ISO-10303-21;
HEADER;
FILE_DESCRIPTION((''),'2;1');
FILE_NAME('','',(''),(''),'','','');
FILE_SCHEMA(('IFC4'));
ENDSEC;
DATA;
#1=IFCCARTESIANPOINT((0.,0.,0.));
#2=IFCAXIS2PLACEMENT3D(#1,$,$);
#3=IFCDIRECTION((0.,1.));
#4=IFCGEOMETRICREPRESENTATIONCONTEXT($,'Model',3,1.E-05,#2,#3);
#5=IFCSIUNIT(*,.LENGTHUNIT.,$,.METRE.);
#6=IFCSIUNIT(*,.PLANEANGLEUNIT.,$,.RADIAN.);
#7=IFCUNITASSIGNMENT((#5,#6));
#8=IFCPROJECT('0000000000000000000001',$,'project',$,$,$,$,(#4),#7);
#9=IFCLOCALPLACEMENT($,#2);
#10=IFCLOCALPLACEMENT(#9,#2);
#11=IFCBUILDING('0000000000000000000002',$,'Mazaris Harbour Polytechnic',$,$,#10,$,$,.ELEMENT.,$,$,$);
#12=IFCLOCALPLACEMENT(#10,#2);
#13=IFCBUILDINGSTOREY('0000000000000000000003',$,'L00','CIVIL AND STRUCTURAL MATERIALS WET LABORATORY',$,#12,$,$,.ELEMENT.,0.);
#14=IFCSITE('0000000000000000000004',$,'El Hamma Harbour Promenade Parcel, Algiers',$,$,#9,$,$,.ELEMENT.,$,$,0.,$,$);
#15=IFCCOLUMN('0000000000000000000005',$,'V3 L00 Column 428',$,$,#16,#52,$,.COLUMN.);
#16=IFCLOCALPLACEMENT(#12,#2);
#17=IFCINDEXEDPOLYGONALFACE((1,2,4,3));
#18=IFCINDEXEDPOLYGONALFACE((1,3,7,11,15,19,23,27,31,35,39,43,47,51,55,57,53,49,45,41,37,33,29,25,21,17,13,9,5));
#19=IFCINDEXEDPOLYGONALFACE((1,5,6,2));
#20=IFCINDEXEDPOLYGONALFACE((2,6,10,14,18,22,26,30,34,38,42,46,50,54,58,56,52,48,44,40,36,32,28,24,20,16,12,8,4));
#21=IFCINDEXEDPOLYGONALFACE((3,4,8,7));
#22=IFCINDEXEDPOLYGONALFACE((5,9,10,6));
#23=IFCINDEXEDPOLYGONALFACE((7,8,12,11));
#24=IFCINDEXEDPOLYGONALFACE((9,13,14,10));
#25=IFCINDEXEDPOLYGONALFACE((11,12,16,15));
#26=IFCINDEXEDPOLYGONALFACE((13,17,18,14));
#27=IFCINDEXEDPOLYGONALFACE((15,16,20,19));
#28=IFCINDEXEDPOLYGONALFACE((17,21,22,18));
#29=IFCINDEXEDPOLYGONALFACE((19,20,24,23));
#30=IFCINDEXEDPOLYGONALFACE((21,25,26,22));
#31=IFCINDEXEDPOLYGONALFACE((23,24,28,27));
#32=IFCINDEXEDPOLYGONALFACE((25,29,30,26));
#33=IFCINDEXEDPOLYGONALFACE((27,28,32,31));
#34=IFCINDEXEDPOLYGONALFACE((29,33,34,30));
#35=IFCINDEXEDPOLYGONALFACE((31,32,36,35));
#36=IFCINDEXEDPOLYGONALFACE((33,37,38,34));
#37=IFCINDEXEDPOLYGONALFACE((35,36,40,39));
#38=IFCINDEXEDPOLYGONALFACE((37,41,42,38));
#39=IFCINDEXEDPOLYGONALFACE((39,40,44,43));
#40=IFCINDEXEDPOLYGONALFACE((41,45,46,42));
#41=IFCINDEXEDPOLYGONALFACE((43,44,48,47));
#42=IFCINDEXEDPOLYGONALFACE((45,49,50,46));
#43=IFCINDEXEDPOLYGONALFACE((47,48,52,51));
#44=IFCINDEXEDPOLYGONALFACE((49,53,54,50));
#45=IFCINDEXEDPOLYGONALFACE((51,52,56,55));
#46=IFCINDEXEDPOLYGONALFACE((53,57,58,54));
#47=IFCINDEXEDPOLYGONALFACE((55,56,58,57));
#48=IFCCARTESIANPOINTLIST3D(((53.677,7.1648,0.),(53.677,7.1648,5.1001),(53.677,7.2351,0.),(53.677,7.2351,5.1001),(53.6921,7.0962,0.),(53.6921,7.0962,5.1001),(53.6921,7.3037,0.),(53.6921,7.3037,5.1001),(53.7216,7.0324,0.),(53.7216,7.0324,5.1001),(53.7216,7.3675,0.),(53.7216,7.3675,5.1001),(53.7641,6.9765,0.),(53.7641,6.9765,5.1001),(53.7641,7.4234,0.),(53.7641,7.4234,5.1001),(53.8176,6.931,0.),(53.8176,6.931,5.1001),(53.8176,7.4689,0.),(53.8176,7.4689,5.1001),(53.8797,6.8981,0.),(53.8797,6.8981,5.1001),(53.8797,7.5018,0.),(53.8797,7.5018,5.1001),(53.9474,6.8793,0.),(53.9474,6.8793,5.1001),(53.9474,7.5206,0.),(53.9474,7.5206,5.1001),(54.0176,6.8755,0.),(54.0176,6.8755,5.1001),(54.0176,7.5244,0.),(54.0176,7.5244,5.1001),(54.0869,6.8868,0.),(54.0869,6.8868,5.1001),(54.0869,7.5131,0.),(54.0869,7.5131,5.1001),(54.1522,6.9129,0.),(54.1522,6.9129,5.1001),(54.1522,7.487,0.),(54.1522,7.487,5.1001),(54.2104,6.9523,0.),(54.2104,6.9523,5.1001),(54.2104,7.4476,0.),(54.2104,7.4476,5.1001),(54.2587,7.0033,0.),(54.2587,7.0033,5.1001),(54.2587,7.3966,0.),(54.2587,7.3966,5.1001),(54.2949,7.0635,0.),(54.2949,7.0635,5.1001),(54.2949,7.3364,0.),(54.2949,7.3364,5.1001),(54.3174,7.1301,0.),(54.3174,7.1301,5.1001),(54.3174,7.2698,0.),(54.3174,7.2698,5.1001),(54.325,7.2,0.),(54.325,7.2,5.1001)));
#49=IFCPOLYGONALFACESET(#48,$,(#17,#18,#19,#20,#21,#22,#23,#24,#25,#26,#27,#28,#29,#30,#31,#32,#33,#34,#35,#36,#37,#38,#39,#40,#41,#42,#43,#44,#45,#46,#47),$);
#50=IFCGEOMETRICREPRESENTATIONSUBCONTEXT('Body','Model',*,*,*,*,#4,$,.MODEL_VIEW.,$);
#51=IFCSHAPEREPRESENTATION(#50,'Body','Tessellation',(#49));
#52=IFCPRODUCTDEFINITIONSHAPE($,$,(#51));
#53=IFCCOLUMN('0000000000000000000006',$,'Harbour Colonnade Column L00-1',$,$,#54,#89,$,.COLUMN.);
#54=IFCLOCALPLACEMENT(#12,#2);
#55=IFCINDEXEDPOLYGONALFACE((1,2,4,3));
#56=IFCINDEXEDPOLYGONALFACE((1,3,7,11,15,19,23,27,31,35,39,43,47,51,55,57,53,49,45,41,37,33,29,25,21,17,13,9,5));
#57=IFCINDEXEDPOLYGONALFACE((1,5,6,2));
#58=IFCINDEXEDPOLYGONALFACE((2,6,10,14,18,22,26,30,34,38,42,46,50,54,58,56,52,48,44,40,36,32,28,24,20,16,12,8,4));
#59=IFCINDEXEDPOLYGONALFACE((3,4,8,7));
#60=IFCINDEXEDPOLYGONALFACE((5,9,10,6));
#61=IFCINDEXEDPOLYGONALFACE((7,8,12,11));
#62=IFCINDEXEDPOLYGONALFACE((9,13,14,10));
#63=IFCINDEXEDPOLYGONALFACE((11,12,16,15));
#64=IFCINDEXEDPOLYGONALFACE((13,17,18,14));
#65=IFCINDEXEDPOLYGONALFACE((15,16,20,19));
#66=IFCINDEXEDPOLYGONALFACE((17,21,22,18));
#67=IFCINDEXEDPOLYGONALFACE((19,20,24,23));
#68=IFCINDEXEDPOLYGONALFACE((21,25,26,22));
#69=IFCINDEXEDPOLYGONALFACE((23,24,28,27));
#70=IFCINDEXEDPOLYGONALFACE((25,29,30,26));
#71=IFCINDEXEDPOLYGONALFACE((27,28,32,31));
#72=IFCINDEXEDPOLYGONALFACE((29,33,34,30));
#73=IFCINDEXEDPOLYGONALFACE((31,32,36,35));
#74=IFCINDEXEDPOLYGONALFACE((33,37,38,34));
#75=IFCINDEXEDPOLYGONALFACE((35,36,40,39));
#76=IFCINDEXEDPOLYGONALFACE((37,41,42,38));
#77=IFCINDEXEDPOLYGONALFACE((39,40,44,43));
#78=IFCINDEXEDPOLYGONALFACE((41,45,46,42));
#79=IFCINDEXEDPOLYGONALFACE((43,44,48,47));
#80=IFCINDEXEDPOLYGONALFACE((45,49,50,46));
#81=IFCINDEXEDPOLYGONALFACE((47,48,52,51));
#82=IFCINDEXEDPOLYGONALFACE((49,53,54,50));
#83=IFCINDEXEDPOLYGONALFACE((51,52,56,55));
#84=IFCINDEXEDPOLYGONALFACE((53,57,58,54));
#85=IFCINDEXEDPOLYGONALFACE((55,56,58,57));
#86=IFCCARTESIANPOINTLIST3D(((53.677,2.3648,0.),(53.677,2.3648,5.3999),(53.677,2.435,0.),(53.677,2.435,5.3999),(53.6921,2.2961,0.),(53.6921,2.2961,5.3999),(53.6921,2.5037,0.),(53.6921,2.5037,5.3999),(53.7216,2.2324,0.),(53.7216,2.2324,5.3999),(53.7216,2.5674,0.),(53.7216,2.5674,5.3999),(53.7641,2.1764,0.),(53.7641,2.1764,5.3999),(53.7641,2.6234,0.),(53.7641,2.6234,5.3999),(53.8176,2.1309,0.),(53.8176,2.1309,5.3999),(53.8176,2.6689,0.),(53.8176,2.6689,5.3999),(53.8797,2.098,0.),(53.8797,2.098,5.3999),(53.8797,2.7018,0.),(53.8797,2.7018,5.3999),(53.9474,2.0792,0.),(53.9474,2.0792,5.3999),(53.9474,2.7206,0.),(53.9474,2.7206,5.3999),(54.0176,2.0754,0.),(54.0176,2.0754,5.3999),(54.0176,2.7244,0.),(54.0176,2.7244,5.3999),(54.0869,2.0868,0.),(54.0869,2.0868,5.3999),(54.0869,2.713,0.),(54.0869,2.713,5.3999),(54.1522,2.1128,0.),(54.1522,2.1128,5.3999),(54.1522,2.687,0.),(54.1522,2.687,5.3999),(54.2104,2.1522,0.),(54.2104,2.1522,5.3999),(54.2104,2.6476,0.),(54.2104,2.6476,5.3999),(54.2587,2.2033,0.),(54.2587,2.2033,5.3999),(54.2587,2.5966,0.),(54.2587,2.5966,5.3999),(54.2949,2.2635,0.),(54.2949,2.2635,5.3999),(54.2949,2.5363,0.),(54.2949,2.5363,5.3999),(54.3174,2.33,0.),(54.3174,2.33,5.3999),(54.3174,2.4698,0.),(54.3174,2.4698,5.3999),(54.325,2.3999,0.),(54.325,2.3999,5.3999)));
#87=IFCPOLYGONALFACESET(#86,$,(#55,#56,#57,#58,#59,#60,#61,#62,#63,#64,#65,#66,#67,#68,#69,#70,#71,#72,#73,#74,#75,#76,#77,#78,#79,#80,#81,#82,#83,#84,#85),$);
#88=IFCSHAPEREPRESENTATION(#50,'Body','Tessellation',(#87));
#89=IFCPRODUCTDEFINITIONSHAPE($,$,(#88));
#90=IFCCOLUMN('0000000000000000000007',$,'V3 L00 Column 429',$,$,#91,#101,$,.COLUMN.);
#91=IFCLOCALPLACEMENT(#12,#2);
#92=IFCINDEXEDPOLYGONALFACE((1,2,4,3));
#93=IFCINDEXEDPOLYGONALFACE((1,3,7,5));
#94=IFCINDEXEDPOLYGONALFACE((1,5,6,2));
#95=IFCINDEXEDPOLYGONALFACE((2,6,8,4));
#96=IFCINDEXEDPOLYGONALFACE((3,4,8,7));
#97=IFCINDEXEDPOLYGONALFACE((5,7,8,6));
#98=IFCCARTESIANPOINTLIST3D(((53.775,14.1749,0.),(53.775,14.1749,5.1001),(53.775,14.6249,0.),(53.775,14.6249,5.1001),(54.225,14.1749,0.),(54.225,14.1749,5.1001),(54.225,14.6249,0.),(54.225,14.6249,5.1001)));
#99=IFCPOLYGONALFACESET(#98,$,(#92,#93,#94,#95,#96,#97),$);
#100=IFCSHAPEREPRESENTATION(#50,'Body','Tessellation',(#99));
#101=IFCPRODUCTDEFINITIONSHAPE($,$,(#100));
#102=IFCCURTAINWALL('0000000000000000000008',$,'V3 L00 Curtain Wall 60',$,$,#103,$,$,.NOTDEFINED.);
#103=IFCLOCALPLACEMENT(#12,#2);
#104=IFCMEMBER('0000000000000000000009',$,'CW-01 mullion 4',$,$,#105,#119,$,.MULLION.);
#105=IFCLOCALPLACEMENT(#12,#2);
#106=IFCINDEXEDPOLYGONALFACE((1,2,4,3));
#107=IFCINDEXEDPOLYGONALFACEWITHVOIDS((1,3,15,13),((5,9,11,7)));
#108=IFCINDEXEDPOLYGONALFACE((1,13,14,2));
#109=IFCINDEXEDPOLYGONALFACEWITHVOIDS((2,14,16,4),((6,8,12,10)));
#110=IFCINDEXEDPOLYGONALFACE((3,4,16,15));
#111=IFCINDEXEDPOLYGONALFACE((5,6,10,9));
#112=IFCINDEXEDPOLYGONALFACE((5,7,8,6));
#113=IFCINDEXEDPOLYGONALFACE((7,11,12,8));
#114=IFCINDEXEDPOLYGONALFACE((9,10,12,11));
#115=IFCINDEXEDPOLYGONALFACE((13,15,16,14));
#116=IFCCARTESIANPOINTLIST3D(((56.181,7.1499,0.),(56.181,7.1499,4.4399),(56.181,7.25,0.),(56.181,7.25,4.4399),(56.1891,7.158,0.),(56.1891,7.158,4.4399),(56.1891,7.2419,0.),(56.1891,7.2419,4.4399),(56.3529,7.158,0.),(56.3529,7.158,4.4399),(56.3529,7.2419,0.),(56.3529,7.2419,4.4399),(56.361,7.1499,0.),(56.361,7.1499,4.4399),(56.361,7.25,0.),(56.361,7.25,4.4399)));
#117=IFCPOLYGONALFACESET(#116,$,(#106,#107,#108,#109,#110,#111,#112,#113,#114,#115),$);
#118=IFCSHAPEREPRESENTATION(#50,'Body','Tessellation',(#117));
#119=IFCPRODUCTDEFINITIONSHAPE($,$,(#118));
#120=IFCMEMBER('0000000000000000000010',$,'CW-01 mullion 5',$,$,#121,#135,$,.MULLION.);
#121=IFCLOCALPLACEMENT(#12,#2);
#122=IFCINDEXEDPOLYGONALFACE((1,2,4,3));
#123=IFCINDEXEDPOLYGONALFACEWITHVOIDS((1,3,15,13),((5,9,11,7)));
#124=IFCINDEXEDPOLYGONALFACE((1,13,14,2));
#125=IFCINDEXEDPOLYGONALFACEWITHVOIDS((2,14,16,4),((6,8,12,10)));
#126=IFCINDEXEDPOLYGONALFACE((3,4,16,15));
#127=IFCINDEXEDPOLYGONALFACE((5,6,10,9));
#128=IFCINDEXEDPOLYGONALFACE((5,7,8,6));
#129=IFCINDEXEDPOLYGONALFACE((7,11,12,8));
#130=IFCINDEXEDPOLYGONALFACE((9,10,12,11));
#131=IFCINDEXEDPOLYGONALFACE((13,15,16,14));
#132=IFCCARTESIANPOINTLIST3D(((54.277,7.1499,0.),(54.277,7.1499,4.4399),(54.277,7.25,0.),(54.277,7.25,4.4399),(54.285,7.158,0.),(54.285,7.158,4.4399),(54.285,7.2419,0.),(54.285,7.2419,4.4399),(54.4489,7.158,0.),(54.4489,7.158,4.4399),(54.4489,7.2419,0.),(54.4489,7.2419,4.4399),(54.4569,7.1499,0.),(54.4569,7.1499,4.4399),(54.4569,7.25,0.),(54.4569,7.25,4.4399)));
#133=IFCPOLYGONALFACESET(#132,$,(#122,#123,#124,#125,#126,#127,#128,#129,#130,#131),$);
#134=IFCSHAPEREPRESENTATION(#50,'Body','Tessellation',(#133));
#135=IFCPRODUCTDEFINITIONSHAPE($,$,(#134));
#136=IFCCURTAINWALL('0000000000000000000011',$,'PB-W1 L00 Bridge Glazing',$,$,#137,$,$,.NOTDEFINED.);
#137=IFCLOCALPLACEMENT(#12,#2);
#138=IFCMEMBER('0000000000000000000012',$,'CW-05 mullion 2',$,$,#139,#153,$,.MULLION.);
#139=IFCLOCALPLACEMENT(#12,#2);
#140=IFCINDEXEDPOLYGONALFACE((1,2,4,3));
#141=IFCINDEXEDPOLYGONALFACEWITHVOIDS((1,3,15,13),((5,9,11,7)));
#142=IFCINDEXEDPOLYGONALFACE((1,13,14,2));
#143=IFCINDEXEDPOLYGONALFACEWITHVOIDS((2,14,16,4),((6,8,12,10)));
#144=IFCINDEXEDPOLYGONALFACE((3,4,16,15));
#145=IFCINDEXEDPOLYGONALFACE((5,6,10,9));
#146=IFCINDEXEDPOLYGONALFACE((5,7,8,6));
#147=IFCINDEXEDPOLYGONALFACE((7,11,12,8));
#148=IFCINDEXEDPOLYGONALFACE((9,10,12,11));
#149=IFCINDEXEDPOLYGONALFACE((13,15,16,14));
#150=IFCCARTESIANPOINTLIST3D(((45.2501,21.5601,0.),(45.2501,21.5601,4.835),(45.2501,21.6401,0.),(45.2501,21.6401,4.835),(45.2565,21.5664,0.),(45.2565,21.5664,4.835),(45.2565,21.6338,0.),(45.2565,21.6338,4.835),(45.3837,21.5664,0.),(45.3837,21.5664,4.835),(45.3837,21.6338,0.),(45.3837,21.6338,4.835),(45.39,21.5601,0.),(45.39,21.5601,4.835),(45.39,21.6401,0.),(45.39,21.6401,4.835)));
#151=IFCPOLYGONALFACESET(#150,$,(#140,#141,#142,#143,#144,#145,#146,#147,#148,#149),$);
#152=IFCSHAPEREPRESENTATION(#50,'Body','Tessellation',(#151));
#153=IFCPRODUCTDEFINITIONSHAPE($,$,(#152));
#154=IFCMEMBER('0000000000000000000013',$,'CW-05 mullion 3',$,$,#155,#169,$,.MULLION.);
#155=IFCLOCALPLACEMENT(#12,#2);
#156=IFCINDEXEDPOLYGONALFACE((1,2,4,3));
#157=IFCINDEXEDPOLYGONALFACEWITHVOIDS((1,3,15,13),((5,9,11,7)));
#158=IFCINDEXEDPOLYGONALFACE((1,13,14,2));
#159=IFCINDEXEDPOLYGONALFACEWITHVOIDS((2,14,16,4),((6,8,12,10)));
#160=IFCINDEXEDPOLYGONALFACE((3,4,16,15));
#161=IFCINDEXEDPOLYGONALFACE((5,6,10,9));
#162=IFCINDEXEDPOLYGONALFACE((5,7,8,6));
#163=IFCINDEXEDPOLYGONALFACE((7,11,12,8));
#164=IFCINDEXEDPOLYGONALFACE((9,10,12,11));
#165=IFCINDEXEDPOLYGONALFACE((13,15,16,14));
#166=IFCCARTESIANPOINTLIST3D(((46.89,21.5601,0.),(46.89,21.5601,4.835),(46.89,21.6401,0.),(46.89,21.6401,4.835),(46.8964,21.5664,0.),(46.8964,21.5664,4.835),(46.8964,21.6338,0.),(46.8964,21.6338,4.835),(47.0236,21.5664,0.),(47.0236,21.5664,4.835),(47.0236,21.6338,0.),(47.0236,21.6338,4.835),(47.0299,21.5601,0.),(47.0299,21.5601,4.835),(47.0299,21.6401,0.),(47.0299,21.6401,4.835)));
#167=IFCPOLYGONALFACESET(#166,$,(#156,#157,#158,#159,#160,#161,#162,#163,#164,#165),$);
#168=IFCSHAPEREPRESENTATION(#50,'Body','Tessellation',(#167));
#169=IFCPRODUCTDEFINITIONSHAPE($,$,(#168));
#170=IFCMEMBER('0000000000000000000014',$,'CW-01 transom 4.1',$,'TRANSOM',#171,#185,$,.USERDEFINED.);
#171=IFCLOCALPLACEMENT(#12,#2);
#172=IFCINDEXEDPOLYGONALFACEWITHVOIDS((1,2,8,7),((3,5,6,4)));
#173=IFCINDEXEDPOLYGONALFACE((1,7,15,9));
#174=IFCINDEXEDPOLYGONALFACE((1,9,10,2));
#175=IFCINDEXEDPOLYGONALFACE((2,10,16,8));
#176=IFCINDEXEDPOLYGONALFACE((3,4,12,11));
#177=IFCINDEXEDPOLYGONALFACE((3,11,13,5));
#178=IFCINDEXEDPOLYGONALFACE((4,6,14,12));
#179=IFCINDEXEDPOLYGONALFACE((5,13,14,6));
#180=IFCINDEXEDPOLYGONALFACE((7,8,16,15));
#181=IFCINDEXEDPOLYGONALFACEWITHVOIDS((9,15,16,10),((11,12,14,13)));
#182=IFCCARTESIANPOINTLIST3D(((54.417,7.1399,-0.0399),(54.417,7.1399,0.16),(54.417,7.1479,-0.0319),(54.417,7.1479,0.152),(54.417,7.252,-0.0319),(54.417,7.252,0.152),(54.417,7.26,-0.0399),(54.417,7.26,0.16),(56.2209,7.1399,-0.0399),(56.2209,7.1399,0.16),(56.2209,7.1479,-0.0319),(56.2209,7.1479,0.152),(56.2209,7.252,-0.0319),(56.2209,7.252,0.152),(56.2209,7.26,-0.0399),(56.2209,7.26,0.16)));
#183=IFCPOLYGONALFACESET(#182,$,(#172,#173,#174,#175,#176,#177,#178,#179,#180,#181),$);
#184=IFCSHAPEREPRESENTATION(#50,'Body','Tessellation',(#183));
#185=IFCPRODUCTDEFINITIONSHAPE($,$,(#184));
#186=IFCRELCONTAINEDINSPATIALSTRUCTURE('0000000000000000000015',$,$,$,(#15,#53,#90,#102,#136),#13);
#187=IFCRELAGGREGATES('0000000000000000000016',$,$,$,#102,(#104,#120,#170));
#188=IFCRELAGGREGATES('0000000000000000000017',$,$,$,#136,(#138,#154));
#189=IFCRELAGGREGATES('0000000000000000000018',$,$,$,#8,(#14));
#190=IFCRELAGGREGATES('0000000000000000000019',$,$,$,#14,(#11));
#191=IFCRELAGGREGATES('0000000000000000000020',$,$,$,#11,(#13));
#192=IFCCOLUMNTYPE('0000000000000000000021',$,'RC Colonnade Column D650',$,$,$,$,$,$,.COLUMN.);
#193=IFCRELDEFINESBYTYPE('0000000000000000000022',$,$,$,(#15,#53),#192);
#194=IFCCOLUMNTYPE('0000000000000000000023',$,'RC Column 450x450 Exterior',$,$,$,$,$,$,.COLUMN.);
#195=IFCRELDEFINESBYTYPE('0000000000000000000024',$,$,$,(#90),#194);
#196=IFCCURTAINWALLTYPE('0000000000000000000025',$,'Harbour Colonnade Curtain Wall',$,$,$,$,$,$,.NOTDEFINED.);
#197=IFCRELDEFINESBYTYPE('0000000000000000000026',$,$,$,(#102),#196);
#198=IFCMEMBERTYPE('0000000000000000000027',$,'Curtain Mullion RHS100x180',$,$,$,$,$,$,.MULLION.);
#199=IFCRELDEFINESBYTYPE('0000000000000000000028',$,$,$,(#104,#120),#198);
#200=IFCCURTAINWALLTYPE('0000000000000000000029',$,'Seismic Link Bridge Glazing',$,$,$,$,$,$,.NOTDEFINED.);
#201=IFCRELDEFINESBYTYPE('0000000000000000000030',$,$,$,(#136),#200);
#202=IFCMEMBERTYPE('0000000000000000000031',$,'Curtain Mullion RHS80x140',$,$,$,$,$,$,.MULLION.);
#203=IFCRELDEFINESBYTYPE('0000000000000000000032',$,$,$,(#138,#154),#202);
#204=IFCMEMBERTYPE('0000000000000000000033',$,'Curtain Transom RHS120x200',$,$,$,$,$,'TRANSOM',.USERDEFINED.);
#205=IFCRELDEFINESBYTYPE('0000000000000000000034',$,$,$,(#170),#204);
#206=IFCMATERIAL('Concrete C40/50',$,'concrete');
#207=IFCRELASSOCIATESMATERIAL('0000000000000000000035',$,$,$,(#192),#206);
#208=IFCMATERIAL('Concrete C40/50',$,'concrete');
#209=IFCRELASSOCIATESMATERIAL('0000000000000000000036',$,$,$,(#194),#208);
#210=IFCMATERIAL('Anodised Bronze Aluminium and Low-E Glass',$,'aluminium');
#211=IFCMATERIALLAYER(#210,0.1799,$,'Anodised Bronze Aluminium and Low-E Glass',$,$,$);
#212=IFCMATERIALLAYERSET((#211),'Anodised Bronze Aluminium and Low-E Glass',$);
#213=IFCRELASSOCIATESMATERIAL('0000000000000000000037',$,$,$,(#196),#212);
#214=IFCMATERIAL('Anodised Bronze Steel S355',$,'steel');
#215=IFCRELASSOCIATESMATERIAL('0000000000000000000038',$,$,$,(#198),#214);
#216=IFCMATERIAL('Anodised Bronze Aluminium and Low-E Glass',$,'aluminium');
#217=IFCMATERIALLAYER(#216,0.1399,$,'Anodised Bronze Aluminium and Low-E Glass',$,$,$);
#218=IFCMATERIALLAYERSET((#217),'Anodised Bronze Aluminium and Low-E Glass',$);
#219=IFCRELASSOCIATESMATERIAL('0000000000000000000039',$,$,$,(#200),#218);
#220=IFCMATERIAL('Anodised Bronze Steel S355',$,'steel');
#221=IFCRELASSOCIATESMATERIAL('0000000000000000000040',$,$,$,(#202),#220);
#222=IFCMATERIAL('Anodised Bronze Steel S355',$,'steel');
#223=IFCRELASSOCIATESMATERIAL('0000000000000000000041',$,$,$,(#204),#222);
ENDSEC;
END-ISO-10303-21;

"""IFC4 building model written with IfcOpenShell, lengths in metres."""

from ifc_helpers import new_model, si_unit, direction, frame, origin, origin_2d, place, context, subcontext, project, spatial, rectangle, hollow_rectangle, circle, extrude, material, layer, layer_set, material_profile, profile_set, type_object, element, aggregate, save


model = new_model("IFC4")

# Units and contexts
model_context = context("Model", 3, precision=1e-05, world=origin(), true_north=direction((0.0, 1.0)))
body_context = subcontext(model_context, "Body", "Model", "MODEL_VIEW")
ifc_project = project(units=[si_unit("LENGTHUNIT", "METRE"), si_unit("PLANEANGLEUNIT", "RADIAN")], contexts=[model_context])

# Site, building, storey
site_placement = place(None, origin())
site = spatial("IfcSite", under=ifc_project, at=site_placement, Name="El Hamma Harbour Promenade Parcel, Algiers", CompositionType="ELEMENT", RefElevation=0.0)
building_placement = place(site_placement, origin())
building = spatial("IfcBuilding", under=site, at=building_placement, Name="Mazaris Harbour Polytechnic", CompositionType="ELEMENT")
storey_placement = place(building_placement, origin())
storey = spatial("IfcBuildingStorey", under=building, at=storey_placement, Name="L00", Description="CIVIL AND STRUCTURAL MATERIALS WET LABORATORY", CompositionType="ELEMENT", Elevation=0.0)

# Columns
ifc_material_1 = material(Name="Concrete C40/50", Category="concrete")
ifc_material_profile_1 = material_profile(ifc_material_1, circle(Radius=0.325, at=origin_2d()), Name="DIA650")
ifc_profile_set_1 = profile_set([ifc_material_profile_1], Name="Concrete C40/50")
column_type_1 = type_object("IfcColumnType", Name="RC Colonnade Column D650", PredefinedType="COLUMN", material=ifc_profile_set_1)
column_1_placement = place(storey_placement, frame((54.0, 7.2, 0.0), z_axis=(0.0, 0.0, 1.0), x_axis=(1.0, 0.0, 0.0)))
element("IfcColumn", 1, at=column_1_placement, inside=storey, type_object=column_type_1, Name="V3 L00 Column 428", PredefinedType="COLUMN", context=body_context, shape_type="SweptSolid", body=[
    extrude(circle(Radius=0.325, at=origin_2d()), origin(), (0.0, 0.0, 1.0), 5.1001),
])
column_2_placement = place(storey_placement, frame((54.0, 2.3999, 0.0), z_axis=(0.0, 0.0, 1.0), x_axis=(1.0, 0.0, 0.0)))
element("IfcColumn", 2, at=column_2_placement, inside=storey, type_object=column_type_1, Name="Harbour Colonnade Column L00-1", PredefinedType="COLUMN", context=body_context, shape_type="SweptSolid", body=[
    extrude(circle(Radius=0.325, at=origin_2d()), origin(), (0.0, 0.0, 1.0), 5.3999),
])
ifc_material_2 = material(Name="Concrete C40/50", Category="concrete")
ifc_material_profile_2 = material_profile(ifc_material_2, rectangle(XDim=0.45, YDim=0.45, at=origin_2d()), Name="RECT450x450")
ifc_profile_set_2 = profile_set([ifc_material_profile_2], Name="Concrete C40/50")
column_type_2 = type_object("IfcColumnType", Name="RC Column 450x450 Exterior", PredefinedType="COLUMN", material=ifc_profile_set_2)
column_3_placement = place(storey_placement, frame((54.0, 14.3999, 0.0), z_axis=(0.0, 0.0, 1.0), x_axis=(1.0, 0.0, 0.0)))
element("IfcColumn", 3, at=column_3_placement, inside=storey, type_object=column_type_2, Name="V3 L00 Column 429", PredefinedType="COLUMN", context=body_context, shape_type="SweptSolid", body=[
    extrude(rectangle(XDim=0.45, YDim=0.45, at=origin_2d()), origin(), (0.0, 0.0, 1.0), 5.1001),
])

# Curtain walls, members
ifc_material_3 = material(Name="Anodised Bronze Aluminium and Low-E Glass", Category="aluminium")
ifc_layer_1 = layer(ifc_material_3, 0.1799, Name="Anodised Bronze Aluminium and Low-E Glass")
ifc_layer_set_1 = layer_set([ifc_layer_1], Name="Anodised Bronze Aluminium and Low-E Glass")
curtain_wall_type_1 = type_object("IfcCurtainWallType", Name="Harbour Colonnade Curtain Wall", PredefinedType="NOTDEFINED", material=ifc_layer_set_1)
curtain_wall_1_placement = place(storey_placement, origin())
curtain_wall_1 = element("IfcCurtainWall", 4, at=curtain_wall_1_placement, inside=storey, type_object=curtain_wall_type_1, Name="V3 L00 Curtain Wall 60", PredefinedType="NOTDEFINED")
ifc_material_4 = material(Name="Anodised Bronze Steel S355", Category="steel")
ifc_material_profile_3 = material_profile(ifc_material_4, hollow_rectangle(XDim=0.1001, YDim=0.1799, WallThickness=0.0081, at=origin_2d()), Name="RHS 100x180x8.0")
ifc_profile_set_3 = profile_set([ifc_material_profile_3], Name="Anodised Bronze Steel S355")
member_type_1 = type_object("IfcMemberType", Name="Curtain Mullion RHS100x180", PredefinedType="MULLION", material=ifc_profile_set_3)
member_1_placement = place(storey_placement, frame((56.271, 7.2, 0.0), z_axis=(0.0, 0.0, 1.0), x_axis=(0.0, -1.0, 0.0)))
member_1 = element("IfcMember", 5, at=member_1_placement, type_object=member_type_1, Name="CW-01 mullion 4", PredefinedType="MULLION", context=body_context, shape_type="SweptSolid", body=[
    extrude(hollow_rectangle(XDim=0.1001, YDim=0.1799, WallThickness=0.0081, at=origin_2d()), origin(), (0.0, 0.0, 1.0), 4.4399),
])
member_2_placement = place(storey_placement, frame((54.3669, 7.2, 0.0), z_axis=(0.0, 0.0, 1.0), x_axis=(0.0, -1.0, 0.0)))
member_2 = element("IfcMember", 6, at=member_2_placement, type_object=member_type_1, Name="CW-01 mullion 5", PredefinedType="MULLION", context=body_context, shape_type="SweptSolid", body=[
    extrude(hollow_rectangle(XDim=0.1001, YDim=0.1799, WallThickness=0.0081, at=origin_2d()), origin(), (0.0, 0.0, 1.0), 4.4399),
])
ifc_material_5 = material(Name="Anodised Bronze Aluminium and Low-E Glass", Category="aluminium")
ifc_layer_2 = layer(ifc_material_5, 0.1399, Name="Anodised Bronze Aluminium and Low-E Glass")
ifc_layer_set_2 = layer_set([ifc_layer_2], Name="Anodised Bronze Aluminium and Low-E Glass")
curtain_wall_type_2 = type_object("IfcCurtainWallType", Name="Seismic Link Bridge Glazing", PredefinedType="NOTDEFINED", material=ifc_layer_set_2)
curtain_wall_2_placement = place(storey_placement, origin())
curtain_wall_2 = element("IfcCurtainWall", 7, at=curtain_wall_2_placement, inside=storey, type_object=curtain_wall_type_2, Name="PB-W1 L00 Bridge Glazing", PredefinedType="NOTDEFINED")
ifc_material_6 = material(Name="Anodised Bronze Steel S355", Category="steel")
ifc_material_profile_4 = material_profile(ifc_material_6, hollow_rectangle(XDim=0.0801, YDim=0.1399, WallThickness=0.0063, at=origin_2d()), Name="RHS 80x140x6.3")
ifc_profile_set_4 = profile_set([ifc_material_profile_4], Name="Anodised Bronze Steel S355")
member_type_2 = type_object("IfcMemberType", Name="Curtain Mullion RHS80x140", PredefinedType="MULLION", material=ifc_profile_set_4)
member_3_placement = place(storey_placement, frame((45.3201, 21.6001, 0.0), z_axis=(0.0, 0.0, 1.0), x_axis=(0.0, 1.0, 0.0)))
member_3 = element("IfcMember", 8, at=member_3_placement, type_object=member_type_2, Name="CW-05 mullion 2", PredefinedType="MULLION", context=body_context, shape_type="SweptSolid", body=[
    extrude(hollow_rectangle(XDim=0.0801, YDim=0.1399, WallThickness=0.0063, at=origin_2d()), origin(), (0.0, 0.0, 1.0), 4.835),
])
member_4_placement = place(storey_placement, frame((46.96, 21.6001, 0.0), z_axis=(0.0, 0.0, 1.0), x_axis=(0.0, 1.0, 0.0)))
member_4 = element("IfcMember", 9, at=member_4_placement, type_object=member_type_2, Name="CW-05 mullion 3", PredefinedType="MULLION", context=body_context, shape_type="SweptSolid", body=[
    extrude(hollow_rectangle(XDim=0.0801, YDim=0.1399, WallThickness=0.0063, at=origin_2d()), origin(), (0.0, 0.0, 1.0), 4.835),
])

# Member
ifc_material_7 = material(Name="Anodised Bronze Steel S355", Category="steel")
ifc_material_profile_5 = material_profile(ifc_material_7, hollow_rectangle(XDim=0.1201, YDim=0.2, WallThickness=0.0081, at=origin_2d()), Name="RHS 120x200x8.0")
ifc_profile_set_5 = profile_set([ifc_material_profile_5], Name="Anodised Bronze Steel S355")
member_type_3 = type_object("IfcMemberType", Name="Curtain Transom RHS120x200", ElementType="TRANSOM", PredefinedType="USERDEFINED", material=ifc_profile_set_5)
member_5_placement = place(storey_placement, frame((56.2209, 7.2, 0.0601), z_axis=(-1.0, 0.0, 0.0), x_axis=(0.0, -1.0, 0.0)))
member_5 = element("IfcMember", 10, at=member_5_placement, type_object=member_type_3, Name="CW-01 transom 4.1", ObjectType="TRANSOM", PredefinedType="USERDEFINED", context=body_context, shape_type="SweptSolid", body=[
    extrude(hollow_rectangle(XDim=0.1201, YDim=0.2, WallThickness=0.0081, at=origin_2d()), origin(), (0.0, 0.0, 1.0), 1.804),
])

aggregate(curtain_wall_1, [member_1, member_2, member_5])
aggregate(curtain_wall_2, [member_3, member_4])

save(model, "model.ifc")
